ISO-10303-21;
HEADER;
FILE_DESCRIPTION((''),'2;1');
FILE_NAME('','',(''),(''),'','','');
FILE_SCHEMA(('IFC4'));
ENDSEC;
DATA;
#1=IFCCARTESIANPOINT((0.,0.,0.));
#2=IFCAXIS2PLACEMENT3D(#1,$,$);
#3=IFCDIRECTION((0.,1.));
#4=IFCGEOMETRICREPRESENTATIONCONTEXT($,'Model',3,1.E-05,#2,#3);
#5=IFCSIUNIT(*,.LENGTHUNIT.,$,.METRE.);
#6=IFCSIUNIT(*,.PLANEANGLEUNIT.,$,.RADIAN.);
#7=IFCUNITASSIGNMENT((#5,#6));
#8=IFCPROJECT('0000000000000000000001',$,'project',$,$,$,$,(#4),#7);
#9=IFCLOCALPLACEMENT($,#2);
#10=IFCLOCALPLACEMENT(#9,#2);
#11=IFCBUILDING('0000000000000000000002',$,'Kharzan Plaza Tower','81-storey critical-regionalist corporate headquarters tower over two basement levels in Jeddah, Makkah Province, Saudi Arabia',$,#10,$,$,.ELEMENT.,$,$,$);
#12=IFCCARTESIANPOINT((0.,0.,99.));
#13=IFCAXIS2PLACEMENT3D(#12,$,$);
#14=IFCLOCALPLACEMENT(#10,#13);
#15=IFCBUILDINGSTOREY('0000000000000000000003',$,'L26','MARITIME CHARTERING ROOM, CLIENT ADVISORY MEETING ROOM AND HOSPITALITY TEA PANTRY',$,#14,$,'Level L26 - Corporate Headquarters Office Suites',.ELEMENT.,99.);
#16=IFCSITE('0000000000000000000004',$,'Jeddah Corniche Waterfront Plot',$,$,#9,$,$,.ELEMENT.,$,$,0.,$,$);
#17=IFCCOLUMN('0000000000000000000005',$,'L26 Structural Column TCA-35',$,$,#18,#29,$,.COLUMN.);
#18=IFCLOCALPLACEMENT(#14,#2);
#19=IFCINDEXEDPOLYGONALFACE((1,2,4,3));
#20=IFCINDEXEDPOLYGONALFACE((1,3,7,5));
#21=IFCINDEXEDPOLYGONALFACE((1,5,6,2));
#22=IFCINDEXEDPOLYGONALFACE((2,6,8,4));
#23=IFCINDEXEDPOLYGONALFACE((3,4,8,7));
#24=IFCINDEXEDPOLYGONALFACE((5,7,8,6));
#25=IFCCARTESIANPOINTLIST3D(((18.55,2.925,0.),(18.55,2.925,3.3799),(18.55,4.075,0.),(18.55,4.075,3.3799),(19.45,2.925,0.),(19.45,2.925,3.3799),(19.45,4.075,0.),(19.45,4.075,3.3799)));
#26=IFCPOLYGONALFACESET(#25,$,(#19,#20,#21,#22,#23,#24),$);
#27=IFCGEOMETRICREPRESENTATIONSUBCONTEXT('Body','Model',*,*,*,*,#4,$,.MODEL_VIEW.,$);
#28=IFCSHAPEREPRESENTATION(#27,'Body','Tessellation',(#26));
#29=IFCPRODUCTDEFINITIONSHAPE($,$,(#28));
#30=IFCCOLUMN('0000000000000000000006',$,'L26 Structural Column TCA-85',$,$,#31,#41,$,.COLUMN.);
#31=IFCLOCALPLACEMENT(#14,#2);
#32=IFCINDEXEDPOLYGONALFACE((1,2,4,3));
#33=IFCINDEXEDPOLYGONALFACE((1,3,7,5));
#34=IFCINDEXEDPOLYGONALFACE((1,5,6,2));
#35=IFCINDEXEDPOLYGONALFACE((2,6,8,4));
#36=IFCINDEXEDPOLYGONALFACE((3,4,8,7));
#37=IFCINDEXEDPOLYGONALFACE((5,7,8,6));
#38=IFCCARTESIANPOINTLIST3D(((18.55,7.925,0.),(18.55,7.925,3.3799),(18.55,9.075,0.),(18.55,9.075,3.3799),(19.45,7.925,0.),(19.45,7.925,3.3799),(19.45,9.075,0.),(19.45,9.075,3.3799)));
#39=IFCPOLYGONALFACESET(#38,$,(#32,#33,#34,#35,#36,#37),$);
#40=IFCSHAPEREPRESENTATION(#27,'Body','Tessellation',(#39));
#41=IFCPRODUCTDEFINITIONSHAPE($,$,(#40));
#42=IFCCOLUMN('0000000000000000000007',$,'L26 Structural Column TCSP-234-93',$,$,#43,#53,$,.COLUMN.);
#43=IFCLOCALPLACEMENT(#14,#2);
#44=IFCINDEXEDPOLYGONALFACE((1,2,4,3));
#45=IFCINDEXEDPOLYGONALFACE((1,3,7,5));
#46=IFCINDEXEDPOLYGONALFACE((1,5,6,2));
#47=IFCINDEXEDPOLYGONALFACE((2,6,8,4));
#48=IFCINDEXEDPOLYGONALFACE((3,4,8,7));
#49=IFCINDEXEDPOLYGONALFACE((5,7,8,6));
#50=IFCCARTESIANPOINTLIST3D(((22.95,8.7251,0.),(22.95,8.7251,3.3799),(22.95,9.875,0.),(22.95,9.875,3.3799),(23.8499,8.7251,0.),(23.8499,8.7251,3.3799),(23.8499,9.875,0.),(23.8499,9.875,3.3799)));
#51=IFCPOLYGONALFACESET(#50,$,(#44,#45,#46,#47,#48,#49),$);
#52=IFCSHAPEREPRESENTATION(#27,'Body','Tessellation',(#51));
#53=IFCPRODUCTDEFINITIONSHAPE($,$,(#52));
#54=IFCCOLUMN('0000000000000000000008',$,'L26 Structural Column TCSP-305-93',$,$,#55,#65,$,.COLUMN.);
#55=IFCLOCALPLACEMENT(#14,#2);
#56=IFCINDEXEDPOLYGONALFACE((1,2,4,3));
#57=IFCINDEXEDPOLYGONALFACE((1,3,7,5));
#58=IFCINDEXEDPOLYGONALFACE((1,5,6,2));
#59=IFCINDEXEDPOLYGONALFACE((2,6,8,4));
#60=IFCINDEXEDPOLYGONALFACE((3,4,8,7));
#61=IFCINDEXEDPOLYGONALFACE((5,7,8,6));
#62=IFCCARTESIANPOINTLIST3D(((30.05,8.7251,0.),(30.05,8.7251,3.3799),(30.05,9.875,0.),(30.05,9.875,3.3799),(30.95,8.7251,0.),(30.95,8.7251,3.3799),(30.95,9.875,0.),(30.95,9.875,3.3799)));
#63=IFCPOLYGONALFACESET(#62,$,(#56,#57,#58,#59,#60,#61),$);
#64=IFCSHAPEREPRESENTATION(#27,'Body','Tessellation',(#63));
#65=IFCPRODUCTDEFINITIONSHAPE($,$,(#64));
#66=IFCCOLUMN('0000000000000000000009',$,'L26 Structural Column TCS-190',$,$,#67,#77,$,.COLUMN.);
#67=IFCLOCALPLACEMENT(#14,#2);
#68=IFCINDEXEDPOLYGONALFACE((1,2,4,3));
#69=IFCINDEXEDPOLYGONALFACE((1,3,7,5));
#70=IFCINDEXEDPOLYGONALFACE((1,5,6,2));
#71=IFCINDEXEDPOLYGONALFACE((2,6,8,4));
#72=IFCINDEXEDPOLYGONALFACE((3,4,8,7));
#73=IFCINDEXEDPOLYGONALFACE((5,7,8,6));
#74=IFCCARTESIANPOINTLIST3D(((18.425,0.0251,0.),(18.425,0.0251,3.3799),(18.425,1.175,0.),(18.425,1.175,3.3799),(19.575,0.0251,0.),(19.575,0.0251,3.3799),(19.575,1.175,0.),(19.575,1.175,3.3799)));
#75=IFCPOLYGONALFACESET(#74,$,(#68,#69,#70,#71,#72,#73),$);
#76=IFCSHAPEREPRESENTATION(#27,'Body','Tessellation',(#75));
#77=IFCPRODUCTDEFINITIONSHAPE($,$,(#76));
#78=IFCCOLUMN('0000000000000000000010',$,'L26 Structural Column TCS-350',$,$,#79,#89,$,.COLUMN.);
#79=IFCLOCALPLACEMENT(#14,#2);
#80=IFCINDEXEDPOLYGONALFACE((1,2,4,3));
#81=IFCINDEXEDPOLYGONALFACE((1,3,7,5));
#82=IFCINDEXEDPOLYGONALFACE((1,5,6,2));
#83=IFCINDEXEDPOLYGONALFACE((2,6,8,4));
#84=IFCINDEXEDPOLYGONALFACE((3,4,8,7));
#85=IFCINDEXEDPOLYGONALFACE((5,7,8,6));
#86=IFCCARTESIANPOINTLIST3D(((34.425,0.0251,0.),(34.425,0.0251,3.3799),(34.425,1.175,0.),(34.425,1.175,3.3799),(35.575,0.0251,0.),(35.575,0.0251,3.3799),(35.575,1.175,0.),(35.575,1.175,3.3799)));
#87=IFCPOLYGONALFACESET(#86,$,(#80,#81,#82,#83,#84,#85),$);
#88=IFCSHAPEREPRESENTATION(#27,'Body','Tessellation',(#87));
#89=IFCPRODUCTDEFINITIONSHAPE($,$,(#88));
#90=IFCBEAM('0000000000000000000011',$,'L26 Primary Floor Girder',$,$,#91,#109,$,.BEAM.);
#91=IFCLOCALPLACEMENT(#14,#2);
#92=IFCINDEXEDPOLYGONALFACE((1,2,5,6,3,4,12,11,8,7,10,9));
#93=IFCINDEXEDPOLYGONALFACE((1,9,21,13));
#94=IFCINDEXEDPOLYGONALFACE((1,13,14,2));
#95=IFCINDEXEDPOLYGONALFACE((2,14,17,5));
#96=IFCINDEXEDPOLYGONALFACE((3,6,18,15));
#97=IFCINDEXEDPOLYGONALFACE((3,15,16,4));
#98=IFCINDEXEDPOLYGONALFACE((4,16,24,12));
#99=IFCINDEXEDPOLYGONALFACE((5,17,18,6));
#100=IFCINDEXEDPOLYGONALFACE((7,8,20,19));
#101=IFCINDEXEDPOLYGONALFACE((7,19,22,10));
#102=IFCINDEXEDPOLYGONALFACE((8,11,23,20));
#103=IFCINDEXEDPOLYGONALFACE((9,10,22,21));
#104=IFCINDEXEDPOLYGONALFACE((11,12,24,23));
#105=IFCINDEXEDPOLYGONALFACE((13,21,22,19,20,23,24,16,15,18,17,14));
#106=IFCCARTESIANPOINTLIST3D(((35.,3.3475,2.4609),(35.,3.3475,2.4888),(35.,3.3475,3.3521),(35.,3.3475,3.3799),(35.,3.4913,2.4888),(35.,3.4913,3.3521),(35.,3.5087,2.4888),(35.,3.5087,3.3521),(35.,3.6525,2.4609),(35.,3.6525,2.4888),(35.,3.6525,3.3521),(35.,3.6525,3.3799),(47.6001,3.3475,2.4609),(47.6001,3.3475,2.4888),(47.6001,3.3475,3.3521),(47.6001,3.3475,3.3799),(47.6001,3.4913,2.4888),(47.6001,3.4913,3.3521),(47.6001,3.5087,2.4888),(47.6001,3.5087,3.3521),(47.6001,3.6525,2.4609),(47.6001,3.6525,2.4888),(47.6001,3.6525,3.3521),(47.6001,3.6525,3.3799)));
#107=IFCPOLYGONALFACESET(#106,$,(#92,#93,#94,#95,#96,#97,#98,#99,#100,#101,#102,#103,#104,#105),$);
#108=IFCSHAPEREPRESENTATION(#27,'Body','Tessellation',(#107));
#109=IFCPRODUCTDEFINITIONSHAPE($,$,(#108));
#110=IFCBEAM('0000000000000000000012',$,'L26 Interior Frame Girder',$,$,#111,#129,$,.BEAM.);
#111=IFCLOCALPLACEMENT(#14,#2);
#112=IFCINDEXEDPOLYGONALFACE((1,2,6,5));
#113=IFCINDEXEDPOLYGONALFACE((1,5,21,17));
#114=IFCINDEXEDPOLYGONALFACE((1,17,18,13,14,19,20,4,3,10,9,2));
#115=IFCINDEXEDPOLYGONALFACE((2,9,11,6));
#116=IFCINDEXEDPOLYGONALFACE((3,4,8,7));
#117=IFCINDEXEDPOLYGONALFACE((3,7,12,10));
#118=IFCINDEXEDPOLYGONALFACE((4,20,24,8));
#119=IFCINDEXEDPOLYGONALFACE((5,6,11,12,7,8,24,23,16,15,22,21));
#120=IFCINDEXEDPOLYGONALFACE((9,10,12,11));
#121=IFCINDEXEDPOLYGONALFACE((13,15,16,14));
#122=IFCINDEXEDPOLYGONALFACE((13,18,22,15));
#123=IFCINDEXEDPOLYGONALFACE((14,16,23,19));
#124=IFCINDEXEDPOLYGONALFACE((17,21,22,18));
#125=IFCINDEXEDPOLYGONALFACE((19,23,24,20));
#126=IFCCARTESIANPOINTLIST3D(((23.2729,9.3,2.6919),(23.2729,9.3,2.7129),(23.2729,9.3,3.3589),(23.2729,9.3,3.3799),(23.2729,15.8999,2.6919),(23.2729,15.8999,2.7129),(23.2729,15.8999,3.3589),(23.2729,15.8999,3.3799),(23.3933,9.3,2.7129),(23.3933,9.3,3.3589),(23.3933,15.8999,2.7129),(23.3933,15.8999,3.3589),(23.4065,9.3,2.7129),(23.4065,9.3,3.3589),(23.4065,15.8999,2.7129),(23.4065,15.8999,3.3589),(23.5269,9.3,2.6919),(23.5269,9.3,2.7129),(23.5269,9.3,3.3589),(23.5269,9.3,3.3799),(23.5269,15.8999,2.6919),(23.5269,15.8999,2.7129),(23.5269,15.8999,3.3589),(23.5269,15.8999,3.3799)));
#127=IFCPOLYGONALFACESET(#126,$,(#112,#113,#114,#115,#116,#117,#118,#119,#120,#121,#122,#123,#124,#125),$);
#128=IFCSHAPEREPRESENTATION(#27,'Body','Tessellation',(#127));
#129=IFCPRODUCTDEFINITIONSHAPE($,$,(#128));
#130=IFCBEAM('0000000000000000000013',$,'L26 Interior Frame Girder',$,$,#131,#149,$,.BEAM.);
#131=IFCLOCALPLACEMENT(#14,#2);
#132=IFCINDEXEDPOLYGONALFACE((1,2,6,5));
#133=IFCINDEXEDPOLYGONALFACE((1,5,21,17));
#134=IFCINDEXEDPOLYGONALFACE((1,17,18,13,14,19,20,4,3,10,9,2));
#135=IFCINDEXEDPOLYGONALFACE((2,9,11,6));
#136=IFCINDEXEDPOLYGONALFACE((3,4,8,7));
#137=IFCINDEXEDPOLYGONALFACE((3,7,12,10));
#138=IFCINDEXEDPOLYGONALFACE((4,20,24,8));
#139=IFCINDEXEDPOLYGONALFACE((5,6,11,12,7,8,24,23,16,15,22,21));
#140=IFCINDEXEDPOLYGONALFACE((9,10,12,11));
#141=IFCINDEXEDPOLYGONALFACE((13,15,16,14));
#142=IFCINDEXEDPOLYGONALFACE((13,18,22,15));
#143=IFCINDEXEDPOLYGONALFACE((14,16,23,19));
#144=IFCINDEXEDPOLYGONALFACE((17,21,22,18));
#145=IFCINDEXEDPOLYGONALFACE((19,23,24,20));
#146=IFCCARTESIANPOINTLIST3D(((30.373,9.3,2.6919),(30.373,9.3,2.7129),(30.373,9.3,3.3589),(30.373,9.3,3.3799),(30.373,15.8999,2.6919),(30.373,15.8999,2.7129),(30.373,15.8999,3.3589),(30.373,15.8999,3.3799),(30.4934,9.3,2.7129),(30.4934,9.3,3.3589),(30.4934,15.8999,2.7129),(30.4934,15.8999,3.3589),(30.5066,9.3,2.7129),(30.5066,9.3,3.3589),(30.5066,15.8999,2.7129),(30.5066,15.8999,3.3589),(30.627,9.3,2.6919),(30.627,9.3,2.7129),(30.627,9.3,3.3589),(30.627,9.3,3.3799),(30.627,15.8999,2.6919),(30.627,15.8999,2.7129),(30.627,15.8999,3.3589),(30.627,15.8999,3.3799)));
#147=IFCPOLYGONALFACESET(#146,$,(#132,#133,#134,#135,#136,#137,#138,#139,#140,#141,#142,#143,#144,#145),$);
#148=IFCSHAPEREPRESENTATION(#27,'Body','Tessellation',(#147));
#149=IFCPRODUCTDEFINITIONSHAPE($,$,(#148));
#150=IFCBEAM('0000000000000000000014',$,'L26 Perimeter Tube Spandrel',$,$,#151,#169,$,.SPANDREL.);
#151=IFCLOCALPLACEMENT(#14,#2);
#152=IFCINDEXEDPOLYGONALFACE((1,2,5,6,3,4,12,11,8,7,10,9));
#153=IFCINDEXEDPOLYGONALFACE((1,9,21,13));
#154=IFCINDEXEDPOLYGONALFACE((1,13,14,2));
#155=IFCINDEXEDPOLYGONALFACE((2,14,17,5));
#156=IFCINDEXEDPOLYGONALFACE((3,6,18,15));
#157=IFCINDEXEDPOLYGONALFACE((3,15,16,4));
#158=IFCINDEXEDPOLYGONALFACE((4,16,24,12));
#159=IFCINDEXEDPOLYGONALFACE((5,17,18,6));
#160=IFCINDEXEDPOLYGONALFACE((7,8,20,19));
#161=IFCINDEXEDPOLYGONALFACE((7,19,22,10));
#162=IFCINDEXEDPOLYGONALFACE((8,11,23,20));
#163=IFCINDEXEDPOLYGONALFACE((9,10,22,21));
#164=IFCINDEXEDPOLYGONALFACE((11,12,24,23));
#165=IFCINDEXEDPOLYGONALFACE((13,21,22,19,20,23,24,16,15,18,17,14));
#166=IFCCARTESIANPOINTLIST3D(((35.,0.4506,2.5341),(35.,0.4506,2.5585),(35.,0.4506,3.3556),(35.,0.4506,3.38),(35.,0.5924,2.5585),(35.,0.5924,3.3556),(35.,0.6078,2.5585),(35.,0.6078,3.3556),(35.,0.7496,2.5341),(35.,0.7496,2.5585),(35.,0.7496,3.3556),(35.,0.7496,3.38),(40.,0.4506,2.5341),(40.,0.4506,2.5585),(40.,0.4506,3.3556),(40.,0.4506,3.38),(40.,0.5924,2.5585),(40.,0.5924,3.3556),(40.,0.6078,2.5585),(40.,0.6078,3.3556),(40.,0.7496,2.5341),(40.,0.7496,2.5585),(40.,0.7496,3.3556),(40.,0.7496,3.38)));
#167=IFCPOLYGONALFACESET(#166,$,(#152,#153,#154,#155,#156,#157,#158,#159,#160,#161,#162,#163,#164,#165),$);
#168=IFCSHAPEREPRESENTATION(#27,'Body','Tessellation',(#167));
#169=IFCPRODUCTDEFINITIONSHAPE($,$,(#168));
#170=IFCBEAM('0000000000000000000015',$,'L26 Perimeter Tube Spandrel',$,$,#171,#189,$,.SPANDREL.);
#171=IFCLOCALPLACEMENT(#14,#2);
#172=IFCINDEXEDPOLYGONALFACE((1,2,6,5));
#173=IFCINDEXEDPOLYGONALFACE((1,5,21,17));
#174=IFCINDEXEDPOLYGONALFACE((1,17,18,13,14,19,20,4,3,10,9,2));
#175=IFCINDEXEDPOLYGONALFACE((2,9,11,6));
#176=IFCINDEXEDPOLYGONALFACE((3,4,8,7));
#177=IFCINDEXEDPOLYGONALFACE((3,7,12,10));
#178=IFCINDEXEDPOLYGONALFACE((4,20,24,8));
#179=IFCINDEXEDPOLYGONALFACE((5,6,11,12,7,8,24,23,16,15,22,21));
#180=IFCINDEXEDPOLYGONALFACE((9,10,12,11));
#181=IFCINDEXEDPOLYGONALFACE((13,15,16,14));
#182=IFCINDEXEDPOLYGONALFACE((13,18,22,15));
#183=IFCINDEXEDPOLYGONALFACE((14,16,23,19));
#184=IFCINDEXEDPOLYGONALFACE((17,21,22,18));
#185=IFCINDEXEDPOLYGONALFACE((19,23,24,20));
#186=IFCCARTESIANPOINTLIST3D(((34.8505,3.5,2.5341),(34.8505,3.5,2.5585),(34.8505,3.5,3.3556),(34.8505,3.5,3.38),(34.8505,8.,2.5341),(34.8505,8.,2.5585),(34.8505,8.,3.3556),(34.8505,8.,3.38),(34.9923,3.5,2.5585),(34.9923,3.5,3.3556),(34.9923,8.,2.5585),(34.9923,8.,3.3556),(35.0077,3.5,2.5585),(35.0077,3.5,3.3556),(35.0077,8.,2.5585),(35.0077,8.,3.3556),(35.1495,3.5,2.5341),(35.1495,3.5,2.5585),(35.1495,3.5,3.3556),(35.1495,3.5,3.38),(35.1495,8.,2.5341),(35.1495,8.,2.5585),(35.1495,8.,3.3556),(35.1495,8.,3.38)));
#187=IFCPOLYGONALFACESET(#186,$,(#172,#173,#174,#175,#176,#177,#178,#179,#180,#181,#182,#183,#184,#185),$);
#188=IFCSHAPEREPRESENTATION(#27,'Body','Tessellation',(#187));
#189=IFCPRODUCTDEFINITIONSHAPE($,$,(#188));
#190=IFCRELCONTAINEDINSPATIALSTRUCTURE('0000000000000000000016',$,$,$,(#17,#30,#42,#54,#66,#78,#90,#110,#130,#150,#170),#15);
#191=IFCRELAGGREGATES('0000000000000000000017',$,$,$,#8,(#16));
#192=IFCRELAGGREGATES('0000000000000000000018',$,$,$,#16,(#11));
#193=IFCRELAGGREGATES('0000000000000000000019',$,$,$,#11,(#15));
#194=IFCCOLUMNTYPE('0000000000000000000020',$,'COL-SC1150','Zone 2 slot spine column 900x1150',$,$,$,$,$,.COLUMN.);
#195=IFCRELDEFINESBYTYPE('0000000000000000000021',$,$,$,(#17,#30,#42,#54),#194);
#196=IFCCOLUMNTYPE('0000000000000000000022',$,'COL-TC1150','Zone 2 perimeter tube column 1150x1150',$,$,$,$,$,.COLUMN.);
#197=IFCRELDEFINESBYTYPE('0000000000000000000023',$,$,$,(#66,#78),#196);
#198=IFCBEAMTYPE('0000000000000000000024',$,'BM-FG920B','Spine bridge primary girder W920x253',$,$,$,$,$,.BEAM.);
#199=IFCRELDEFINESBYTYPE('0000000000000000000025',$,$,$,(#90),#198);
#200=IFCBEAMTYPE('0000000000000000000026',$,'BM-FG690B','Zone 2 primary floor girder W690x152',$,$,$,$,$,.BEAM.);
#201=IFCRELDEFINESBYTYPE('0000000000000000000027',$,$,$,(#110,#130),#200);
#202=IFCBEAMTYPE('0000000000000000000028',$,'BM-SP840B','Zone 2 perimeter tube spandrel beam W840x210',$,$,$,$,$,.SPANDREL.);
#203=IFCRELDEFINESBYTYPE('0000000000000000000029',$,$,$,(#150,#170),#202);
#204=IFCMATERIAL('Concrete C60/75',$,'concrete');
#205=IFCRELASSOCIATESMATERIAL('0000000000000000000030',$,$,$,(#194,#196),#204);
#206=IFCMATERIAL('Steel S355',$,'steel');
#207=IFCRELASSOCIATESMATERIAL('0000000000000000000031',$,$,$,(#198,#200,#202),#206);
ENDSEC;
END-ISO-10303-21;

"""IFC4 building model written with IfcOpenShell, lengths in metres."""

from ifc_helpers import new_model, si_unit, direction, frame, origin, origin_2d, place, context, subcontext, project, spatial, rectangle, i_section, extrude, source, transform, mapped, material, material_profile, profile_set, type_object, element, save


model = new_model("IFC4")

# Units and contexts
model_context = context("Model", 3, precision=1e-05, world=origin(), true_north=direction((0.0, 1.0)))
body_context = subcontext(model_context, "Body", "Model", "MODEL_VIEW")
ifc_project = project(units=[si_unit("LENGTHUNIT", "METRE"), si_unit("PLANEANGLEUNIT", "RADIAN")], contexts=[model_context])

# Site, building, storey
site_placement = place(None, origin())
site = spatial("IfcSite", under=ifc_project, at=site_placement, Name="Jeddah Corniche Waterfront Plot", CompositionType="ELEMENT", RefElevation=0.0)
building_placement = place(site_placement, origin())
building = spatial("IfcBuilding", under=site, at=building_placement, Name="Kharzan Plaza Tower", Description="81-storey critical-regionalist corporate headquarters tower over two basement levels in Jeddah, Makkah Province, Saudi Arabia", CompositionType="ELEMENT")
storey_placement = place(building_placement, frame((0.0, 0.0, 99.0)))
storey = spatial("IfcBuildingStorey", under=building, at=storey_placement, Name="L26", Description="MARITIME CHARTERING ROOM, CLIENT ADVISORY MEETING ROOM AND HOSPITALITY TEA PANTRY", LongName="Level L26 - Corporate Headquarters Office Suites", CompositionType="ELEMENT", Elevation=99.0)

# Columns
ifc_material_1 = material(Name="Concrete C60/75", Category="concrete")
ifc_material_profile_1 = material_profile(ifc_material_1, rectangle(XDim=0.8999, YDim=1.1499, at=origin_2d()), Name="RC-SC1150x900")
ifc_profile_set_1 = profile_set([ifc_material_profile_1], Name="Concrete C60/75")
column_type_1 = type_object("IfcColumnType", Name="COL-SC1150", Description="Zone 2 slot spine column 900x1150", PredefinedType="COLUMN", material=ifc_profile_set_1)
shared_shape_1 = source(origin(), body_context, "Body", "SweptSolid", [
    extrude(rectangle(XDim=0.8999, YDim=1.1499, at=origin_2d()), origin(), (0.0, 0.0, 1.0), 3.3799),
])
for number, where, z_axis, x_axis, name in (
    (1, (19.0, 3.5, 0.0), (0.0, 0.0, 1.0), (1.0, 0.0, 0.0), "L26 Structural Column TCA-35"),
    (2, (19.0, 8.5, 0.0), (0.0, 0.0, 1.0), (1.0, 0.0, 0.0), "L26 Structural Column TCA-85"),
    (3, (23.3999, 9.3, 0.0), (0.0, 0.0, 1.0), (1.0, 0.0, 0.0), "L26 Structural Column TCSP-234-93"),
    (4, (30.5, 9.3, 0.0), (0.0, 0.0, 1.0), (1.0, 0.0, 0.0), "L26 Structural Column TCSP-305-93"),
):
    element("IfcColumn", number, at=place(storey_placement, frame(where, z_axis=z_axis, x_axis=x_axis)), inside=storey, type_object=column_type_1, Name=name, PredefinedType="COLUMN", context=body_context, shape_type="MappedRepresentation", body=[
        mapped(shared_shape_1, transform((0.0, 0.0, 0.0), x_axis=(1.0, 0.0, 0.0), y_axis=(0.0, 1.0, 0.0), z_axis=(0.0, 0.0, 1.0))),
    ])
ifc_material_profile_2 = material_profile(ifc_material_1, rectangle(XDim=1.1499, YDim=1.1499, at=origin_2d()), Name="RC-TC1150x1150")
ifc_profile_set_2 = profile_set([ifc_material_profile_2], Name="Concrete C60/75")
column_type_2 = type_object("IfcColumnType", Name="COL-TC1150", Description="Zone 2 perimeter tube column 1150x1150", PredefinedType="COLUMN", material=ifc_profile_set_2)
shared_shape_2 = source(origin(), body_context, "Body", "SweptSolid", [
    extrude(rectangle(XDim=1.1499, YDim=1.1499, at=origin_2d()), origin(), (0.0, 0.0, 1.0), 3.3799),
])
for number, where, z_axis, x_axis, name in (
    (5, (19.0, 0.6001, 0.0), (0.0, 0.0, 1.0), (1.0, 0.0, 0.0), "L26 Structural Column TCS-190"),
    (6, (35.0, 0.6001, 0.0), (0.0, 0.0, 1.0), (1.0, 0.0, 0.0), "L26 Structural Column TCS-350"),
):
    element("IfcColumn", number, at=place(storey_placement, frame(where, z_axis=z_axis, x_axis=x_axis)), inside=storey, type_object=column_type_2, Name=name, PredefinedType="COLUMN", context=body_context, shape_type="MappedRepresentation", body=[
        mapped(shared_shape_2, transform((0.0, 0.0, 0.0), x_axis=(1.0, 0.0, 0.0), y_axis=(0.0, 1.0, 0.0), z_axis=(0.0, 0.0, 1.0))),
    ])

# Beams
ifc_material_2 = material(Name="Steel S355", Category="steel")
ifc_material_profile_3 = material_profile(ifc_material_2, i_section(OverallWidth=0.3049, OverallDepth=0.9189, WebThickness=0.0173, FlangeThickness=0.0278, at=origin_2d()), Name="W920x253")
ifc_profile_set_3 = profile_set([ifc_material_profile_3], Name="Steel S355")
beam_type_1 = type_object("IfcBeamType", Name="BM-FG920B", Description="Spine bridge primary girder W920x253", PredefinedType="BEAM", material=ifc_profile_set_3)
shared_shape_3 = source(origin(), body_context, "Body", "SweptSolid", [
    extrude(i_section(OverallWidth=0.3049, OverallDepth=0.9189, WebThickness=0.0173, FlangeThickness=0.0278, at=origin_2d()), origin(), (0.0, 0.0, 1.0), 12.6001),
])
beam_1_placement = place(storey_placement, frame((35.0, 3.5, 2.9204), z_axis=(1.0, 0.0, 0.0), x_axis=(0.0, 1.0, 0.0)))
element("IfcBeam", 7, at=beam_1_placement, inside=storey, type_object=beam_type_1, Name="L26 Primary Floor Girder", PredefinedType="BEAM", context=body_context, shape_type="MappedRepresentation", body=[
    mapped(shared_shape_3, transform((0.0, 0.0, 0.0), x_axis=(1.0, 0.0, 0.0), y_axis=(0.0, 1.0, 0.0), z_axis=(0.0, 0.0, 1.0))),
])
ifc_material_profile_4 = material_profile(ifc_material_2, i_section(OverallWidth=0.2539, OverallDepth=0.688, WebThickness=0.0132, FlangeThickness=0.021, at=origin_2d()), Name="W690x152")
ifc_profile_set_4 = profile_set([ifc_material_profile_4], Name="Steel S355")
beam_type_2 = type_object("IfcBeamType", Name="BM-FG690B", Description="Zone 2 primary floor girder W690x152", PredefinedType="BEAM", material=ifc_profile_set_4)
shared_shape_4 = source(origin(), body_context, "Body", "SweptSolid", [
    extrude(i_section(OverallWidth=0.2539, OverallDepth=0.688, WebThickness=0.0132, FlangeThickness=0.021, at=origin_2d()), origin(), (0.0, 0.0, 1.0), 6.5999),
])
for number, where, z_axis, x_axis, name in (
    (8, (23.3999, 9.3, 3.0359), (0.0, 1.0, 0.0), (-1.0, 0.0, 0.0), "L26 Interior Frame Girder"),
    (9, (30.5, 9.3, 3.0359), (0.0, 1.0, 0.0), (-1.0, 0.0, 0.0), "L26 Interior Frame Girder"),
):
    element("IfcBeam", number, at=place(storey_placement, frame(where, z_axis=z_axis, x_axis=x_axis)), inside=storey, type_object=beam_type_2, Name=name, PredefinedType="BEAM", context=body_context, shape_type="MappedRepresentation", body=[
        mapped(shared_shape_4, transform((0.0, 0.0, 0.0), x_axis=(1.0, 0.0, 0.0), y_axis=(0.0, 1.0, 0.0), z_axis=(0.0, 0.0, 1.0))),
    ])
ifc_material_profile_5 = material_profile(ifc_material_2, i_section(OverallWidth=0.2991, OverallDepth=0.8459, WebThickness=0.0154, FlangeThickness=0.0244, at=origin_2d()), Name="W840x210")
ifc_profile_set_5 = profile_set([ifc_material_profile_5], Name="Steel S355")
beam_type_3 = type_object("IfcBeamType", Name="BM-SP840B", Description="Zone 2 perimeter tube spandrel beam W840x210", PredefinedType="SPANDREL", material=ifc_profile_set_5)
shared_shape_5 = source(origin(), body_context, "Body", "SweptSolid", [
    extrude(i_section(OverallWidth=0.2991, OverallDepth=0.8459, WebThickness=0.0154, FlangeThickness=0.0244, at=origin_2d()), origin(), (0.0, 0.0, 1.0), 5.0),
])
beam_2_placement = place(storey_placement, frame((35.0, 0.6001, 2.957), z_axis=(1.0, 0.0, 0.0), x_axis=(0.0, 1.0, 0.0)))
element("IfcBeam", 10, at=beam_2_placement, inside=storey, type_object=beam_type_3, Name="L26 Perimeter Tube Spandrel", PredefinedType="SPANDREL", context=body_context, shape_type="MappedRepresentation", body=[
    mapped(shared_shape_5, transform((0.0, 0.0, 0.0), x_axis=(1.0, 0.0, 0.0), y_axis=(0.0, 1.0, 0.0), z_axis=(0.0, 0.0, 1.0))),
])
shared_shape_6 = source(origin(), body_context, "Body", "SweptSolid", [
    extrude(i_section(OverallWidth=0.2991, OverallDepth=0.8459, WebThickness=0.0154, FlangeThickness=0.0244, at=origin_2d()), origin(), (0.0, 0.0, 1.0), 4.5),
])
beam_3_placement = place(storey_placement, frame((35.0, 3.5, 2.957), z_axis=(0.0, 1.0, 0.0), x_axis=(-1.0, 0.0, 0.0)))
element("IfcBeam", 11, at=beam_3_placement, inside=storey, type_object=beam_type_3, Name="L26 Perimeter Tube Spandrel", PredefinedType="SPANDREL", context=body_context, shape_type="MappedRepresentation", body=[
    mapped(shared_shape_6, transform((0.0, 0.0, 0.0), x_axis=(1.0, 0.0, 0.0), y_axis=(0.0, 1.0, 0.0), z_axis=(0.0, 0.0, 1.0))),
])

save(model, "model.ifc")
